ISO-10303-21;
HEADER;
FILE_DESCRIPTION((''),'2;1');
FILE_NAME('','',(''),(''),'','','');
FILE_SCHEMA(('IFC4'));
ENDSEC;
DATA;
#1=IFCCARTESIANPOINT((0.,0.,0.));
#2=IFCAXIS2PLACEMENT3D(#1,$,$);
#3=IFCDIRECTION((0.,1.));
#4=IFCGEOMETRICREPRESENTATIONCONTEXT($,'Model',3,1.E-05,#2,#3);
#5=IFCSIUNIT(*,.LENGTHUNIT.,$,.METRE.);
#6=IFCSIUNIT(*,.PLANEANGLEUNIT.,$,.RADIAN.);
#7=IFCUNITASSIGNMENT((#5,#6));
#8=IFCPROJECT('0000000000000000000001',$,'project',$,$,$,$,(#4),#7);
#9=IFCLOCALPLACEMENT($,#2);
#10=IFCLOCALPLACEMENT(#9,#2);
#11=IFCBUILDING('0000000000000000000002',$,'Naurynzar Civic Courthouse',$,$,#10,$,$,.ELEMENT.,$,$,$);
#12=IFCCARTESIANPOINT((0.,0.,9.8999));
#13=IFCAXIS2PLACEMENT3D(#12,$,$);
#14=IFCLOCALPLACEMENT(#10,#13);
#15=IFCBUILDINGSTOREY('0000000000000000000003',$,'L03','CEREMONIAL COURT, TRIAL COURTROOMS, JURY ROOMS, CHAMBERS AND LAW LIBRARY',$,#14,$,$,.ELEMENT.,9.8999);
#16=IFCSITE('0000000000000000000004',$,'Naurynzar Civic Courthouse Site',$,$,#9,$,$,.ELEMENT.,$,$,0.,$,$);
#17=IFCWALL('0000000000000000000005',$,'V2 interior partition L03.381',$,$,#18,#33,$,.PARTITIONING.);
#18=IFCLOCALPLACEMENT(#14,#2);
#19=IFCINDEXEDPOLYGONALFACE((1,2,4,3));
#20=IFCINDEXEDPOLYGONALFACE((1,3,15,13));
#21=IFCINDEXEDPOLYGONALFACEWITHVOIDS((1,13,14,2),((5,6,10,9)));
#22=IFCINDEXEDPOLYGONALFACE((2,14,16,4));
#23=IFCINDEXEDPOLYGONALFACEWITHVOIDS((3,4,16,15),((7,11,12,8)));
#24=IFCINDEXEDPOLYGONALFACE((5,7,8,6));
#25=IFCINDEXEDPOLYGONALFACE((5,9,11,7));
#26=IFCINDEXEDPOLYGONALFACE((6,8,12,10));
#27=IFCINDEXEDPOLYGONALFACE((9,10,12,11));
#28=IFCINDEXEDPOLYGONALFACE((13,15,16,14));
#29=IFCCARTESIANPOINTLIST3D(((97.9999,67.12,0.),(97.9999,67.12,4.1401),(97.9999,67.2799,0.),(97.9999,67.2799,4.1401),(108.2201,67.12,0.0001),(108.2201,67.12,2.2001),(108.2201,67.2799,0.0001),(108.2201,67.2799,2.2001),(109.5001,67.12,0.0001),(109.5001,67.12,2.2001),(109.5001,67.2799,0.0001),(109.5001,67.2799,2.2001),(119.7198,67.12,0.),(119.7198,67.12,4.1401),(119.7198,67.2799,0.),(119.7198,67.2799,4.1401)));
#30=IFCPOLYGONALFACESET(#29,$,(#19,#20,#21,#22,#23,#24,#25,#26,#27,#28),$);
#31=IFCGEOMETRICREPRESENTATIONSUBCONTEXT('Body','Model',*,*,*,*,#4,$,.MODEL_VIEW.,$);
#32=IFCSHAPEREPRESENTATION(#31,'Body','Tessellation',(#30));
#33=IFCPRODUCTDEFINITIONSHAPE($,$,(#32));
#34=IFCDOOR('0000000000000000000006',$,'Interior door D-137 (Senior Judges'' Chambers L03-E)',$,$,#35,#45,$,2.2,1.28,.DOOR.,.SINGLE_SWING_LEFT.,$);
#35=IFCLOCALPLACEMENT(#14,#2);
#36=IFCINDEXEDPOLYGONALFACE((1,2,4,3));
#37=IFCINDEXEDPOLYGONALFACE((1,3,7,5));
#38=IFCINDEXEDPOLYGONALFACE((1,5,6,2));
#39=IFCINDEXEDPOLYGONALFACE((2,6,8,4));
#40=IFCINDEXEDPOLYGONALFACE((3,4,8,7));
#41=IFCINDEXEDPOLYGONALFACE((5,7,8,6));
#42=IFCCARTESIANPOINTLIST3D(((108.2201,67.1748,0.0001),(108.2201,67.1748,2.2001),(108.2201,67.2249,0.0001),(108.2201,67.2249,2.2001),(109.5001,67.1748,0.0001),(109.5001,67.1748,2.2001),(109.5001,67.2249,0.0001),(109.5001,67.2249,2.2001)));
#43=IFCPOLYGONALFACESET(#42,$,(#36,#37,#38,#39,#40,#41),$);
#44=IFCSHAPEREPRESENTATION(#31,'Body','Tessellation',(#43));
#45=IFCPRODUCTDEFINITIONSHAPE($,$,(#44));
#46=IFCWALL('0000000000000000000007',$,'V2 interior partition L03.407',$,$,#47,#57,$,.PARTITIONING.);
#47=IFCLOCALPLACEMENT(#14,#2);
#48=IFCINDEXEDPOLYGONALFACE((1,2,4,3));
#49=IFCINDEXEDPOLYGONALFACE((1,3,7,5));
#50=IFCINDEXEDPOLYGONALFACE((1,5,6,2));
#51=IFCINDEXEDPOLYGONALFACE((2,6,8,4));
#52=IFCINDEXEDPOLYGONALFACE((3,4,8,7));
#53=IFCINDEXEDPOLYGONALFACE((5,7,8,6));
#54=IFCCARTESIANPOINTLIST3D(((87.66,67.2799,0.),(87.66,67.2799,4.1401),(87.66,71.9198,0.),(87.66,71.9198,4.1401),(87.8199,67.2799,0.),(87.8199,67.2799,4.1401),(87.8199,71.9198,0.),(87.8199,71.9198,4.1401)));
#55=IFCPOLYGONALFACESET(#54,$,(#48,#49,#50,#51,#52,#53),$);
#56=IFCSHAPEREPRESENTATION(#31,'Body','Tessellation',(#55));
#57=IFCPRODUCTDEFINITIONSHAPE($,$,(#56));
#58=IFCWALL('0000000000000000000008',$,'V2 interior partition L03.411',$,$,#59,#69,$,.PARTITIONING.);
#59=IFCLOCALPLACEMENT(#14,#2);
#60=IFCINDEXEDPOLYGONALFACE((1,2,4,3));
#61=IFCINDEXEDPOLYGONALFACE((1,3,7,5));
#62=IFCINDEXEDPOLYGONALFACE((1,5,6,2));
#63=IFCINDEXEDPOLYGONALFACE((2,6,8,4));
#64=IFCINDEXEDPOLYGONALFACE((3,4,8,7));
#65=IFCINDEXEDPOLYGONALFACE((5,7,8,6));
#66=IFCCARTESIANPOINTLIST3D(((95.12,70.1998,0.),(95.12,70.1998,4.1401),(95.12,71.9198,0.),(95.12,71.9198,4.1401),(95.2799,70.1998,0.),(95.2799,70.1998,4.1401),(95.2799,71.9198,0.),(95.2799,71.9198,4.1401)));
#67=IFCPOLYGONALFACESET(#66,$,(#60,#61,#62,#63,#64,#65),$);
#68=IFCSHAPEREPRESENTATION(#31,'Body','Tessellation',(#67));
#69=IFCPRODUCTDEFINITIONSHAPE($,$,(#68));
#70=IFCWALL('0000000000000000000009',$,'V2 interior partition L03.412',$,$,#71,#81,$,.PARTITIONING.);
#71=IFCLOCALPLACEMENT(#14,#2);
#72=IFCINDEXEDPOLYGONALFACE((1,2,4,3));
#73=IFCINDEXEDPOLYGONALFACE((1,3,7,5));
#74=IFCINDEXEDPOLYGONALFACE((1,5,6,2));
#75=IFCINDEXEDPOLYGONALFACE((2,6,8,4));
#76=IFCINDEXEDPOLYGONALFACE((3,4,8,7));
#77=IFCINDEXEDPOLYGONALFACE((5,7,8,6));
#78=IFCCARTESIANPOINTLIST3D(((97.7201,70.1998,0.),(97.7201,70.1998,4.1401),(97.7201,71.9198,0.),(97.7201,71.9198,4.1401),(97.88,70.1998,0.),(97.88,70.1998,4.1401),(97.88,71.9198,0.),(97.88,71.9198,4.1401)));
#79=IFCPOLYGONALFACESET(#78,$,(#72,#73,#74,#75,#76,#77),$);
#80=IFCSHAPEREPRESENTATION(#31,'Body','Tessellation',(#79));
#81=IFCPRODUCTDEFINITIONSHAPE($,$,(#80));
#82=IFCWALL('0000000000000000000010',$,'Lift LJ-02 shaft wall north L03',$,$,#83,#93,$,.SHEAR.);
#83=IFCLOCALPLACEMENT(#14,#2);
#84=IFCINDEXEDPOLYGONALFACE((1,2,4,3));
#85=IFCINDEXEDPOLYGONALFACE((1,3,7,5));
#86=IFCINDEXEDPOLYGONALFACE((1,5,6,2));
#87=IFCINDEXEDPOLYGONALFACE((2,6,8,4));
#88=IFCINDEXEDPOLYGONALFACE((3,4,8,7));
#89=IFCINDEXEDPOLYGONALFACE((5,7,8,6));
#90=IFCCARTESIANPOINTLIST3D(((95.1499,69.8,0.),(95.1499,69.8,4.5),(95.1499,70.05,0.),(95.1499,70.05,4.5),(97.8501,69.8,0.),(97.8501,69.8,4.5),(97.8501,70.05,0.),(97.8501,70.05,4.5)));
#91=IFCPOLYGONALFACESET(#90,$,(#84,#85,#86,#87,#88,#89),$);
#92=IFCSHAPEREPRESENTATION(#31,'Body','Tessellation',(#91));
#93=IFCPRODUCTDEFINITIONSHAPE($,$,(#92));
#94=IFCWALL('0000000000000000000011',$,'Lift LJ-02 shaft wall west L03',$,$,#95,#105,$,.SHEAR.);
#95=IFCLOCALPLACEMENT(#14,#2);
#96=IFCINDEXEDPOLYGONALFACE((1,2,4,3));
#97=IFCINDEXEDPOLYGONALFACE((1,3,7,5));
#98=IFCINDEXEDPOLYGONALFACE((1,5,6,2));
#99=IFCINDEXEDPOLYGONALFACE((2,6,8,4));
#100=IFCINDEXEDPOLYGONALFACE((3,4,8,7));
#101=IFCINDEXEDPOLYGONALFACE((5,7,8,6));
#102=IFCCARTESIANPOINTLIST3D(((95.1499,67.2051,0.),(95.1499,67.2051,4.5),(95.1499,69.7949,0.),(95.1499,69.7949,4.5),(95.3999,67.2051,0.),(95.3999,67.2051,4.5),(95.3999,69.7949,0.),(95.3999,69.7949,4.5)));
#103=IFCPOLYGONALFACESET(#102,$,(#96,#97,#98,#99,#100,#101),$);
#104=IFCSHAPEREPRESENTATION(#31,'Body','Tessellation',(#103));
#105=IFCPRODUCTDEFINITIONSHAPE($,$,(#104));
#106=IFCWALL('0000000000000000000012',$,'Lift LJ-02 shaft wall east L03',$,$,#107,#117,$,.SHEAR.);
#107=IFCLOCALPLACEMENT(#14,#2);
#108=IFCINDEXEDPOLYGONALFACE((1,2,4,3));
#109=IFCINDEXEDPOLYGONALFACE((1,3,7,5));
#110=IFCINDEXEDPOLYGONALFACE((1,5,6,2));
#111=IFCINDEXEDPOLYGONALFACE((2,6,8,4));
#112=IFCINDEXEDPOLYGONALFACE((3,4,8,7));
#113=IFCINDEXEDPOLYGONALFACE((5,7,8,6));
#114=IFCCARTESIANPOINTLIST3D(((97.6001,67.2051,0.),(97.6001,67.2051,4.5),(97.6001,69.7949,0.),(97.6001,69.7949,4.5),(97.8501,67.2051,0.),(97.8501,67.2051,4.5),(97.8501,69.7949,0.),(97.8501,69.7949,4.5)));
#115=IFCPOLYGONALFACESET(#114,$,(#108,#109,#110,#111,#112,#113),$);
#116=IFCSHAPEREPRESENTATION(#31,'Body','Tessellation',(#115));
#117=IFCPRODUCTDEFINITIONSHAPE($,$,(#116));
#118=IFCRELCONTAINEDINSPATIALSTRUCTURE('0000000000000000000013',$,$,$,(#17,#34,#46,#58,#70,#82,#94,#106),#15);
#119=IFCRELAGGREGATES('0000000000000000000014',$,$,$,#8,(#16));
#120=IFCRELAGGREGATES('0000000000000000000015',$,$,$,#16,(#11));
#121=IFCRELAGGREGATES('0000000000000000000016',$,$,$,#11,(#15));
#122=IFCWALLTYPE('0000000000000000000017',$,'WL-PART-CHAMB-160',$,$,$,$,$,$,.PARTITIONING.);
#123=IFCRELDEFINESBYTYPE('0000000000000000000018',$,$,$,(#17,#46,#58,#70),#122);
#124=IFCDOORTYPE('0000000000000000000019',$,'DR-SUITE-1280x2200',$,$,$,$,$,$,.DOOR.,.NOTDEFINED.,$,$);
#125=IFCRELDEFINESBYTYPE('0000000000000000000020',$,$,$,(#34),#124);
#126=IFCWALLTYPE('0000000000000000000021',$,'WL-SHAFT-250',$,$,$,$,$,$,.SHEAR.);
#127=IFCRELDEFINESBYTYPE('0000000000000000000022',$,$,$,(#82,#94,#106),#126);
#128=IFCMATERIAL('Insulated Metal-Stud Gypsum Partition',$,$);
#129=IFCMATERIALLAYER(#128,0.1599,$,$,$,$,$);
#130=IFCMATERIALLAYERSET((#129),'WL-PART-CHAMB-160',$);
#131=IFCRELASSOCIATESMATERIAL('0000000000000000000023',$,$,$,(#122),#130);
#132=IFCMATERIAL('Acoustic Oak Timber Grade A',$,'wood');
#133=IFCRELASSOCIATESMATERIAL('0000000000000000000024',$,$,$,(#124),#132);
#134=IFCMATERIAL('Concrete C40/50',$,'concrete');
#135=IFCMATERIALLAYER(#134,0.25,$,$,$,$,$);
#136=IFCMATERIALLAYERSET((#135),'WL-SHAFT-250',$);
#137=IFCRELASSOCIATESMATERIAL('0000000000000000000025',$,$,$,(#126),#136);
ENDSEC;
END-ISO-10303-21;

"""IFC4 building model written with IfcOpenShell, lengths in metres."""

from ifc_helpers import new_model, si_unit, direction, frame, frame_2d, origin, place, context, subcontext, project, spatial, rectangle, extrude, material, layer, layer_set, type_object, element, fill, save


model = new_model("IFC4")

# Units and contexts
model_context = context("Model", 3, precision=1e-05, world=origin(), true_north=direction((0.0, 1.0)))
body_context = subcontext(model_context, "Body", "Model", "MODEL_VIEW")
ifc_project = project(units=[si_unit("LENGTHUNIT", "METRE"), si_unit("PLANEANGLEUNIT", "RADIAN")], contexts=[model_context])

# Site, building, storey
site_placement = place(None, origin())
site = spatial("IfcSite", under=ifc_project, at=site_placement, Name="Naurynzar Civic Courthouse Site", CompositionType="ELEMENT", RefElevation=0.0)
building_placement = place(site_placement, origin())
building = spatial("IfcBuilding", under=site, at=building_placement, Name="Naurynzar Civic Courthouse", CompositionType="ELEMENT")
storey_placement = place(building_placement, frame((0.0, 0.0, 9.8999)))
storey = spatial("IfcBuildingStorey", under=building, at=storey_placement, Name="L03", Description="CEREMONIAL COURT, TRIAL COURTROOMS, JURY ROOMS, CHAMBERS AND LAW LIBRARY", CompositionType="ELEMENT", Elevation=9.8999)

# Wall, opening, door
ifc_material_1 = material(Name="Insulated Metal-Stud Gypsum Partition")
ifc_layer_1 = layer(ifc_material_1, 0.1599)
ifc_layer_set_1 = layer_set([ifc_layer_1], Name="WL-PART-CHAMB-160")
wall_type_1 = type_object("IfcWallType", Name="WL-PART-CHAMB-160", PredefinedType="PARTITIONING", material=ifc_layer_set_1)
wall_1_placement = place(storey_placement, frame((98.0, 67.2, 0.0), z_axis=(0.0, 0.0, 1.0), x_axis=(1.0, 0.0, 0.0)))
wall_1 = element("IfcWall", 1, at=wall_1_placement, inside=storey, type_object=wall_type_1, Name="V2 interior partition L03.381", PredefinedType="PARTITIONING", context=body_context, shape_type="SweptSolid", body=[
    extrude(rectangle(XDim=21.72, YDim=0.1599, at=frame_2d((10.8599, 0.0))), origin(), (0.0, 0.0, 1.0), 4.1401),
])
opening_1_placement = place(wall_1_placement, frame((10.22, 0.0, 0.0)))
opening_1 = element("IfcOpeningElement", 2, at=opening_1_placement, cuts=wall_1, PredefinedType="OPENING", context=body_context, shape_type="SweptSolid", body=[
    extrude(rectangle(XDim=1.28, YDim=2.2, at=frame_2d((0.6401, 1.1001))), frame((0.0, 0.0898, 0.0), z_axis=(0.0, -1.0, 0.0), x_axis=(1.0, 0.0, 0.0)), (0.0, 0.0, 1.0), 0.1799),
])
ifc_material_2 = material(Name="Acoustic Oak Timber Grade A", Category="wood")
door_type_1 = type_object("IfcDoorType", Name="DR-SUITE-1280x2200", OperationType="NOTDEFINED", PredefinedType="DOOR", material=ifc_material_2)
door_1_placement = place(opening_1_placement, origin())
door_1 = element("IfcDoor", 3, at=door_1_placement, inside=storey, type_object=door_type_1, Name="Interior door D-137 (Senior Judges' Chambers L03-E)", OperationType="SINGLE_SWING_LEFT", OverallHeight=2.2, OverallWidth=1.28, PredefinedType="DOOR", context=body_context, shape_type="SweptSolid", body=[
    extrude(rectangle(XDim=1.28, YDim=2.2, at=frame_2d((0.6401, 1.1001))), frame((0.0, 0.0249, 0.0), z_axis=(0.0, -1.0, 0.0), x_axis=(1.0, 0.0, 0.0)), (0.0, 0.0, 1.0), 0.05),
])
fill(opening_1, door_1)

# Walls
wall_2_placement = place(storey_placement, frame((87.74, 67.28, 0.0), z_axis=(0.0, 0.0, 1.0), x_axis=(0.0, 1.0, 0.0)))
element("IfcWall", 4, at=wall_2_placement, inside=storey, type_object=wall_type_1, Name="V2 interior partition L03.407", PredefinedType="PARTITIONING", context=body_context, shape_type="SweptSolid", body=[
    extrude(rectangle(XDim=4.6399, YDim=0.1599, at=frame_2d((2.3198, 0.0))), origin(), (0.0, 0.0, 1.0), 4.1401),
])
for number, where, z_axis, x_axis, name in (
    (5, (95.2, 70.2, 0.0), (0.0, 0.0, 1.0), (0.0, 1.0, 0.0), "V2 interior partition L03.411"),
    (6, (97.8, 70.2, 0.0), (0.0, 0.0, 1.0), (0.0, 1.0, 0.0), "V2 interior partition L03.412"),
):
    element("IfcWall", number, at=place(storey_placement, frame(where, z_axis=z_axis, x_axis=x_axis)), inside=storey, type_object=wall_type_1, Name=name, PredefinedType="PARTITIONING", context=body_context, shape_type="SweptSolid", body=[
        extrude(rectangle(XDim=1.72, YDim=0.1599, at=frame_2d((0.8599, 0.0))), origin(), (0.0, 0.0, 1.0), 4.1401),
    ])
ifc_material_3 = material(Name="Concrete C40/50", Category="concrete")
ifc_layer_2 = layer(ifc_material_3, 0.25)
ifc_layer_set_2 = layer_set([ifc_layer_2], Name="WL-SHAFT-250")
wall_type_2 = type_object("IfcWallType", Name="WL-SHAFT-250", PredefinedType="SHEAR", material=ifc_layer_set_2)
wall_3_placement = place(storey_placement, frame((97.8501, 69.925, 0.0), z_axis=(0.0, 0.0, 1.0), x_axis=(-1.0, 0.0, 0.0)))
element("IfcWall", 7, at=wall_3_placement, inside=storey, type_object=wall_type_2, Name="Lift LJ-02 shaft wall north L03", PredefinedType="SHEAR", context=body_context, shape_type="SweptSolid", body=[
    extrude(rectangle(XDim=2.7002, YDim=0.25, at=frame_2d((1.3501, 0.0))), origin(), (0.0, 0.0, 1.0), 4.5),
])
for number, where, z_axis, x_axis, name in (
    (8, (95.2749, 69.7949, 0.0), (0.0, 0.0, 1.0), (0.0, -1.0, 0.0), "Lift LJ-02 shaft wall west L03"),
    (9, (97.7251, 67.2051, 0.0), (0.0, 0.0, 1.0), (0.0, 1.0, 0.0), "Lift LJ-02 shaft wall east L03"),
):
    element("IfcWall", number, at=place(storey_placement, frame(where, z_axis=z_axis, x_axis=x_axis)), inside=storey, type_object=wall_type_2, Name=name, PredefinedType="SHEAR", context=body_context, shape_type="SweptSolid", body=[
        extrude(rectangle(XDim=2.5898, YDim=0.25, at=frame_2d((1.2949, 0.0))), origin(), (0.0, 0.0, 1.0), 4.5),
    ])

save(model, "model.ifc")
